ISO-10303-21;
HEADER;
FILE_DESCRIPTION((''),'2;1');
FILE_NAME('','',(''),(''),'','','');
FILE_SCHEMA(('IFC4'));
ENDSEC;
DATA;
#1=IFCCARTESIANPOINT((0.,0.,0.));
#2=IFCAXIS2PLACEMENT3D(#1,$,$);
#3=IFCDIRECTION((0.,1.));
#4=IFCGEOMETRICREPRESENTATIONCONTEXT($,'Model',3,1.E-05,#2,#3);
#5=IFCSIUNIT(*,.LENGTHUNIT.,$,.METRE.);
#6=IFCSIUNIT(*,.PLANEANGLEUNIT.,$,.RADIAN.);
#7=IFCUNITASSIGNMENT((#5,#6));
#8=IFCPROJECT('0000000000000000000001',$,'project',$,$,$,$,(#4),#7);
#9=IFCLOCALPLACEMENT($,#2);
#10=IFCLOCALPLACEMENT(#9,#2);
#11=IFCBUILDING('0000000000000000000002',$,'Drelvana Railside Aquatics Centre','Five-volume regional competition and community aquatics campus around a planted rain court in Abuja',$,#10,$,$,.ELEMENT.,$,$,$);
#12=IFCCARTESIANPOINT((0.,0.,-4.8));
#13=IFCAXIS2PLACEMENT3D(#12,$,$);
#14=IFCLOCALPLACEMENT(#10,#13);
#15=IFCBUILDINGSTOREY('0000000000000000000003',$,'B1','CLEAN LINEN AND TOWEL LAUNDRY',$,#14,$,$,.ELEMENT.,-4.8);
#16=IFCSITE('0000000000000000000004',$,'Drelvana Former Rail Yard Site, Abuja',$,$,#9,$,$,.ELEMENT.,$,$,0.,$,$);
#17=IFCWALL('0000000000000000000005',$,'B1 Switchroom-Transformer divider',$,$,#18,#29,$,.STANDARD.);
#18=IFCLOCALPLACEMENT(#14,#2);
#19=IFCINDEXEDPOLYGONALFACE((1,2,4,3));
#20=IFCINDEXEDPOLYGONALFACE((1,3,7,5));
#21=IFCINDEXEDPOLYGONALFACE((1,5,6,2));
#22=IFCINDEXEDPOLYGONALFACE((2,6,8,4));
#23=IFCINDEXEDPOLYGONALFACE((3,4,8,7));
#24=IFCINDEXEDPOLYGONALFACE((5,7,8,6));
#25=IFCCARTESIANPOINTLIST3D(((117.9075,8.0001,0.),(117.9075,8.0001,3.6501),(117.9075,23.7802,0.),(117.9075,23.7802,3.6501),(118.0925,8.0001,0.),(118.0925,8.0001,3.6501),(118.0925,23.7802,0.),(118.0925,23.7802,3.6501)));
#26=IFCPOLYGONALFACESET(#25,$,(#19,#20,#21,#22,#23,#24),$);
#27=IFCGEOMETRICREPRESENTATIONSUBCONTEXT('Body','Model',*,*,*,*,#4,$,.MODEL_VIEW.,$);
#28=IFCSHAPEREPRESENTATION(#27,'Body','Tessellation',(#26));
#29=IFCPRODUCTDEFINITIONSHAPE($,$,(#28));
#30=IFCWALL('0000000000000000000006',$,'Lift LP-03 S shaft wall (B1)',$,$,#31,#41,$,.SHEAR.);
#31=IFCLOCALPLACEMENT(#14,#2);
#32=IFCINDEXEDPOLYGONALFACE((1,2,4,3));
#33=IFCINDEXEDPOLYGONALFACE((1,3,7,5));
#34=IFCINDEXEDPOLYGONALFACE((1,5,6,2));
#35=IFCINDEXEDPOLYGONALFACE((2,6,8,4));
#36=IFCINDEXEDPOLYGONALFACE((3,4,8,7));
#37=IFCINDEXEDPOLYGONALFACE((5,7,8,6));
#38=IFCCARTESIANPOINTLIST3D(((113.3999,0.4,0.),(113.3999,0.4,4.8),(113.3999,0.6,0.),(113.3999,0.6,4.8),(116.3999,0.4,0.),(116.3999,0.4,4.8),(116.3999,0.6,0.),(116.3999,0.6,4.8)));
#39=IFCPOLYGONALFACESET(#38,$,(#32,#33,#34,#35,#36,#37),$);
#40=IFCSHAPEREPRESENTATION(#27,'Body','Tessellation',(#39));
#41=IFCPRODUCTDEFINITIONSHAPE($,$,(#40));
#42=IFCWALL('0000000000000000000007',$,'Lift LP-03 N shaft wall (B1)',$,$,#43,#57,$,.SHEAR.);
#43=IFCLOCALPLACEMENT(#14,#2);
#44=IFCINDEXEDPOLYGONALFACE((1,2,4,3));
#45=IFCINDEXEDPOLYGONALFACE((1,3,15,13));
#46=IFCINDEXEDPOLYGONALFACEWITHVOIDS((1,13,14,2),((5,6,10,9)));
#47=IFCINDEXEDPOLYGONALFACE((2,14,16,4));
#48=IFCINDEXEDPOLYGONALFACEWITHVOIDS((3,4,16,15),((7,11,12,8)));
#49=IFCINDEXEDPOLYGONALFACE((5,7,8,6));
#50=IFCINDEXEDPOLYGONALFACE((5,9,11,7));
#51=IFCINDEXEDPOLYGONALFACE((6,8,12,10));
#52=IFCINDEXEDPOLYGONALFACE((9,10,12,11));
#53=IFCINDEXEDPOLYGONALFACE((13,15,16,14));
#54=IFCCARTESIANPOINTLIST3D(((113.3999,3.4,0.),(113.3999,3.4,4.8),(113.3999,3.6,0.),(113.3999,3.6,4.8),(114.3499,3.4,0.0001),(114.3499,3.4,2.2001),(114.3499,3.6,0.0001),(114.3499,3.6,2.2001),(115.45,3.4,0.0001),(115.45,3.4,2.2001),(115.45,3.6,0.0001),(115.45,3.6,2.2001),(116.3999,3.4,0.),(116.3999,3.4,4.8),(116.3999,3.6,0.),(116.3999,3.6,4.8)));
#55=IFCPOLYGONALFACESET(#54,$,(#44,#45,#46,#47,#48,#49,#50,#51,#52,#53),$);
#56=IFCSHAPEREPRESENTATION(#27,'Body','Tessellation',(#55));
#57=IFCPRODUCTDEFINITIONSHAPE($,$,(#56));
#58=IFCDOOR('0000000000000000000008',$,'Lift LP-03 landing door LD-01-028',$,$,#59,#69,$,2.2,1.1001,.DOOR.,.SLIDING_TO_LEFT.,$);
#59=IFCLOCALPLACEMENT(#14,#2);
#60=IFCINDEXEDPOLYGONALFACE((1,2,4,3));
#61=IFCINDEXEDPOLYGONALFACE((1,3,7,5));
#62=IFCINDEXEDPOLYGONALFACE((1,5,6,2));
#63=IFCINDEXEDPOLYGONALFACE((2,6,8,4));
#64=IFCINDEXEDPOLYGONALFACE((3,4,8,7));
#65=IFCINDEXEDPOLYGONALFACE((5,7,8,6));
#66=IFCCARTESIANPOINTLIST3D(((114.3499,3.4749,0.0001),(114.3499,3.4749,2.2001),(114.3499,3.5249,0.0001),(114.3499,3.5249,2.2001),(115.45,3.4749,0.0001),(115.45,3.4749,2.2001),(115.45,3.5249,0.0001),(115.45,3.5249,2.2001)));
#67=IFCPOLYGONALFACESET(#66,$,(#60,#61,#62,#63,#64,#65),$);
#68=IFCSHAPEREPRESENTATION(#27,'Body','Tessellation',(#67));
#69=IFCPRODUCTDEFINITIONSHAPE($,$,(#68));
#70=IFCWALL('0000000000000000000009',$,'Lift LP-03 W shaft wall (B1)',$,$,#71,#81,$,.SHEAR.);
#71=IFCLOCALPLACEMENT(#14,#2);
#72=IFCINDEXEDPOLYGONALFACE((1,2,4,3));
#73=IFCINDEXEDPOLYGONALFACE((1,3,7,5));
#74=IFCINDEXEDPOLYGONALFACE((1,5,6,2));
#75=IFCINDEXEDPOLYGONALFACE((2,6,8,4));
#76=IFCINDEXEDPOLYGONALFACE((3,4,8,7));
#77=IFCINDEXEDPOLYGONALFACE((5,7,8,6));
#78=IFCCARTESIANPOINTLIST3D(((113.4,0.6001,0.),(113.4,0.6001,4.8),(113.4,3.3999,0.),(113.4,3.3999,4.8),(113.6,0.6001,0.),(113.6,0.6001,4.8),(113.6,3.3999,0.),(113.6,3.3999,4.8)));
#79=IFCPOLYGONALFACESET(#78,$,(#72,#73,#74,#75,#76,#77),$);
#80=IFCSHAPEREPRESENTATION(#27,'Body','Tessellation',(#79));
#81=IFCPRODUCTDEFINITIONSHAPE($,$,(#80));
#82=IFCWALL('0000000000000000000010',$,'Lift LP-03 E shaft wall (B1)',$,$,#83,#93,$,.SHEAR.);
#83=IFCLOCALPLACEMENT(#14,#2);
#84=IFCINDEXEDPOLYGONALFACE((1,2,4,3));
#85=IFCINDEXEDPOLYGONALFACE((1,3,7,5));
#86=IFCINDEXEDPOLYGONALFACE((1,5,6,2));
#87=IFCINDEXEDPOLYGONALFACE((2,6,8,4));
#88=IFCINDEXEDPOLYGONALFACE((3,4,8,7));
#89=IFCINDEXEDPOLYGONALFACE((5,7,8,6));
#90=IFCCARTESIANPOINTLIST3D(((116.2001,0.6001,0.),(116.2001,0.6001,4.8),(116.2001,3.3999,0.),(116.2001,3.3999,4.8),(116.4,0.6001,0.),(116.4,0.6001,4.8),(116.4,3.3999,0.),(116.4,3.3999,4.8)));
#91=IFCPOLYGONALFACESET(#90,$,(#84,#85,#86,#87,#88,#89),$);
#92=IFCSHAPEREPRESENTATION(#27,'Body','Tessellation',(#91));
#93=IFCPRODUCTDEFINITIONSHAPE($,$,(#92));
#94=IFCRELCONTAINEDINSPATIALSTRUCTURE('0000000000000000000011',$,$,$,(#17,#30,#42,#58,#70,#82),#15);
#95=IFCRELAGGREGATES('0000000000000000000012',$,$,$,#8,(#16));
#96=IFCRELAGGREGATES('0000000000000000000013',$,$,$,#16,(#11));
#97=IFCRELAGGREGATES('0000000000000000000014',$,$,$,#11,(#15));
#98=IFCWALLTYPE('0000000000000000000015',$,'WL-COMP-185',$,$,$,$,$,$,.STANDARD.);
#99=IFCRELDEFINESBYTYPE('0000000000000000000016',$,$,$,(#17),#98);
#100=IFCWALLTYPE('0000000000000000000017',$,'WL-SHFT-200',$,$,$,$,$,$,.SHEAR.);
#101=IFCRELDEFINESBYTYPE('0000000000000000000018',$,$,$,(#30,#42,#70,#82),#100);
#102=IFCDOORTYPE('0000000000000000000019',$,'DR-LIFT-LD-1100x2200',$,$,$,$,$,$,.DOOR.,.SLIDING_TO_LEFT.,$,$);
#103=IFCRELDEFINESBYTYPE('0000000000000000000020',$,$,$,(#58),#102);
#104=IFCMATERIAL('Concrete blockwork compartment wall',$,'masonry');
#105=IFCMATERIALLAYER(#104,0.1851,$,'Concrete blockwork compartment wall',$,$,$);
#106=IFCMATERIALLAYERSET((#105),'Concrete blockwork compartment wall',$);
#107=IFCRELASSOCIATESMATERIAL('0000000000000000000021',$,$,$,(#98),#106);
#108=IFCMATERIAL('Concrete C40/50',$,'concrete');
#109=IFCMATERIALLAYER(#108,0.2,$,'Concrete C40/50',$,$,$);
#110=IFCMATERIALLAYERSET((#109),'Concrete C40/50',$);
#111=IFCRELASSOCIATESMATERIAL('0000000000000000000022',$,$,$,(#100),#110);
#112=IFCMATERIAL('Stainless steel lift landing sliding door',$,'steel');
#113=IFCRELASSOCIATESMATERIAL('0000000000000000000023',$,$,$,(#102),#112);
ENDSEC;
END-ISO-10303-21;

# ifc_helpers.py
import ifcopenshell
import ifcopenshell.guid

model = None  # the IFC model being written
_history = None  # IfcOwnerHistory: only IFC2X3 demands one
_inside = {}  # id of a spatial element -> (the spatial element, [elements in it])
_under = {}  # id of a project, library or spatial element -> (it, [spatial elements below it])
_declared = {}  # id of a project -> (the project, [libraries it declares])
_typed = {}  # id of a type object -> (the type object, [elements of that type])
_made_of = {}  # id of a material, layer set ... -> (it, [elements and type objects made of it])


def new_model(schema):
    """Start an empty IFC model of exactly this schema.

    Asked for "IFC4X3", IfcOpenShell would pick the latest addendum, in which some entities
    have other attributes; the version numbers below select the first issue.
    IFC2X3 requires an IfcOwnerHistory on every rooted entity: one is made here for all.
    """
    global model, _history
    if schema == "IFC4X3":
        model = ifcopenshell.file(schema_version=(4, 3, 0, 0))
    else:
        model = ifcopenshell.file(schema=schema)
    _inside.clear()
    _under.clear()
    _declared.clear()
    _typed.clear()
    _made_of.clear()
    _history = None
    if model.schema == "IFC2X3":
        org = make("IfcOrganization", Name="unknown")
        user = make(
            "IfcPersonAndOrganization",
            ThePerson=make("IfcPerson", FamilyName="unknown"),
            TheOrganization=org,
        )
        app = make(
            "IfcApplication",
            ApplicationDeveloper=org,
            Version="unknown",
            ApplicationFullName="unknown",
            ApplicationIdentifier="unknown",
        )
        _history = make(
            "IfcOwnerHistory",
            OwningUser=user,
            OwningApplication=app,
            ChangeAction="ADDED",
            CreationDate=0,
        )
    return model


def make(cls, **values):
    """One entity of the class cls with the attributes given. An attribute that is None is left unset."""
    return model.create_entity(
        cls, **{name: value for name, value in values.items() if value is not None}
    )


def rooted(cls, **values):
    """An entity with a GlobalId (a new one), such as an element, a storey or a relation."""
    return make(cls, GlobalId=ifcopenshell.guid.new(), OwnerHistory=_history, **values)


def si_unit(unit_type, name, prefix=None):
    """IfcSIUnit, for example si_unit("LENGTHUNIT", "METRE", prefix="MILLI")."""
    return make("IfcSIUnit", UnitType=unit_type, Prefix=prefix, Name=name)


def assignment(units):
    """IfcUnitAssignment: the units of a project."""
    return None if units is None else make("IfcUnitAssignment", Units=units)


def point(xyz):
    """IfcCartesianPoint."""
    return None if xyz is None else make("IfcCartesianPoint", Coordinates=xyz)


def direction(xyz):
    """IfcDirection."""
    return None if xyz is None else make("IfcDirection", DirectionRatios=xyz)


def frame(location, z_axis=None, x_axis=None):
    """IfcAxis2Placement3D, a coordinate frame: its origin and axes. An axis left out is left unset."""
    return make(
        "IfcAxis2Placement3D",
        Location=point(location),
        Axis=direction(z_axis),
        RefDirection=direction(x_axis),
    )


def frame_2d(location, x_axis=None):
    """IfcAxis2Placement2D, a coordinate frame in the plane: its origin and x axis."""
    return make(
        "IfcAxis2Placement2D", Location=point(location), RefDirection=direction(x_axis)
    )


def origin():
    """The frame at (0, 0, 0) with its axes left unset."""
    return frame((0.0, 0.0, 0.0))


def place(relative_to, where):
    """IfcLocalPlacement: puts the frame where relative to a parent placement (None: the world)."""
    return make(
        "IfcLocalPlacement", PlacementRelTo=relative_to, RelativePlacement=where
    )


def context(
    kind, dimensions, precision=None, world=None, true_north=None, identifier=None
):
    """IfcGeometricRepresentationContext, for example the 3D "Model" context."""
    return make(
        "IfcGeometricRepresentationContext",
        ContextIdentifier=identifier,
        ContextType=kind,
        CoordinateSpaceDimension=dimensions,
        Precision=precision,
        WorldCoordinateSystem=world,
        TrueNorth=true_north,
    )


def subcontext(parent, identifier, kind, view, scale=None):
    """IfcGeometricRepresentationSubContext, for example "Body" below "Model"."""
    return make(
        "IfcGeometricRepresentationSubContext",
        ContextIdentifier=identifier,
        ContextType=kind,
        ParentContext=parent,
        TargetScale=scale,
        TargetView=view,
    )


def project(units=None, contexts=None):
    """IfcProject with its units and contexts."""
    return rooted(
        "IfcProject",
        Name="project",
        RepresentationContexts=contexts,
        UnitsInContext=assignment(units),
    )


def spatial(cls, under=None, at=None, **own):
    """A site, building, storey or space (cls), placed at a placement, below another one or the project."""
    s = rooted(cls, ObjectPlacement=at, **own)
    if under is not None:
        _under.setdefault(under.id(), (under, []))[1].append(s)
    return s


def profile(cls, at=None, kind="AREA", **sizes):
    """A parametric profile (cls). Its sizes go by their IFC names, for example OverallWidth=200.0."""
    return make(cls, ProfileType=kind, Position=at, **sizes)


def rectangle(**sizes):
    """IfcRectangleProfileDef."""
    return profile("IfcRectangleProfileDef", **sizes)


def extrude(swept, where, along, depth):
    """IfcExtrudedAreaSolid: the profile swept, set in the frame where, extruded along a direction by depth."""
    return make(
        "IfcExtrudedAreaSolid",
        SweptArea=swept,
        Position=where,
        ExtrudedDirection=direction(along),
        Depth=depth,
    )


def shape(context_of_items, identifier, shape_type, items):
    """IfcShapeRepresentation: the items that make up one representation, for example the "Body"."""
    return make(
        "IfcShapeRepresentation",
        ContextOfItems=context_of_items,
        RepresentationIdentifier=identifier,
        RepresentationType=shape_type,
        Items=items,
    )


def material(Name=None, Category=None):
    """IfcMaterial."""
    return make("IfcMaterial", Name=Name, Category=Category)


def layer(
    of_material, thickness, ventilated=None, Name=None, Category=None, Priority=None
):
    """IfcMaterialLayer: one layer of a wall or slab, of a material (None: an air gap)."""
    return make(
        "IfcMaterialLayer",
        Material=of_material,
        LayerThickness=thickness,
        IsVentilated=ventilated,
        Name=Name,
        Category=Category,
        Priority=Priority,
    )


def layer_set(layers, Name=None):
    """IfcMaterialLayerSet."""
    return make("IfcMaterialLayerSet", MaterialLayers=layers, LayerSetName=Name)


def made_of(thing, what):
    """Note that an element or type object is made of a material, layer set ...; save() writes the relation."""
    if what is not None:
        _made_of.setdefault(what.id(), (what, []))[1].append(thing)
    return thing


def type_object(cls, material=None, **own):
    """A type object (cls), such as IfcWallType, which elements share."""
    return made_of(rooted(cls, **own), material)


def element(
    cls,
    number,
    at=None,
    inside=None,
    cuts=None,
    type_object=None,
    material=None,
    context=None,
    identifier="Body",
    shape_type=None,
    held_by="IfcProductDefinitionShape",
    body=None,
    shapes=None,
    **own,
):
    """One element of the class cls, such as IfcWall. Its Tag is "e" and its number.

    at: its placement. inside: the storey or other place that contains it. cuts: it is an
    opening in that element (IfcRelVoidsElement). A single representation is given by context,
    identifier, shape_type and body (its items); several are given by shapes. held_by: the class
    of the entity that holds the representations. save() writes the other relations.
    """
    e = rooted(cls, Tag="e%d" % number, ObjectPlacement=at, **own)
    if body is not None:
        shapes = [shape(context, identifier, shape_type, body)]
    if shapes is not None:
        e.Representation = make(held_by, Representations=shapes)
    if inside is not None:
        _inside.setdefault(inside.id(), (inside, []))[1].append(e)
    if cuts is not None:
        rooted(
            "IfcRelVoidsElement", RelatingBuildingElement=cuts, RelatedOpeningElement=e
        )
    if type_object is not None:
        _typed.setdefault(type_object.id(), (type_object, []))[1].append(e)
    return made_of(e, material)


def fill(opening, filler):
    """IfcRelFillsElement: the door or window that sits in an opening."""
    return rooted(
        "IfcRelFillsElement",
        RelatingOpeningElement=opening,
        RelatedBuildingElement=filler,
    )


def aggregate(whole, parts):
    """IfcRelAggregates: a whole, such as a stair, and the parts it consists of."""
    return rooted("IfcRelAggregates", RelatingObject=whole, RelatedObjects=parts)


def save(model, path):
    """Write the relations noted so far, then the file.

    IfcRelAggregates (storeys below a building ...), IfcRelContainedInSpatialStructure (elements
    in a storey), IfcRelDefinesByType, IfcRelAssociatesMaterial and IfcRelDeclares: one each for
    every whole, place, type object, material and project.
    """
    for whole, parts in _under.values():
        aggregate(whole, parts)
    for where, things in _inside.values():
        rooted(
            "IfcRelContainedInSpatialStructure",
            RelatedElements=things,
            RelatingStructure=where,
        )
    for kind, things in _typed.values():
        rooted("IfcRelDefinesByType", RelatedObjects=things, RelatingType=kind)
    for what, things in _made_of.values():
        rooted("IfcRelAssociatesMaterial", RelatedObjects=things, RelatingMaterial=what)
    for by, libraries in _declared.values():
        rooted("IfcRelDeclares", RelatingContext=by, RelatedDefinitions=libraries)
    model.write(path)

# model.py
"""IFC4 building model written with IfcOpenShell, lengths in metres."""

from ifc_helpers import new_model, si_unit, direction, frame, frame_2d, origin, place, context, subcontext, project, spatial, rectangle, extrude, material, layer, layer_set, type_object, element, fill, save


model = new_model("IFC4")

# Units and contexts
model_context = context("Model", 3, precision=1e-05, world=origin(), true_north=direction((0.0, 1.0)))
body_context = subcontext(model_context, "Body", "Model", "MODEL_VIEW")
ifc_project = project(units=[si_unit("LENGTHUNIT", "METRE"), si_unit("PLANEANGLEUNIT", "RADIAN")], contexts=[model_context])

# Site, building, storey
site_placement = place(None, origin())
site = spatial("IfcSite", under=ifc_project, at=site_placement, Name="Drelvana Former Rail Yard Site, Abuja", CompositionType="ELEMENT", RefElevation=0.0)
building_placement = place(site_placement, origin())
building = spatial("IfcBuilding", under=site, at=building_placement, Name="Drelvana Railside Aquatics Centre", Description="Five-volume regional competition and community aquatics campus around a planted rain court in Abuja", CompositionType="ELEMENT")
storey_placement = place(building_placement, frame((0.0, 0.0, -4.8)))
storey = spatial("IfcBuildingStorey", under=building, at=storey_placement, Name="B1", Description="CLEAN LINEN AND TOWEL LAUNDRY", CompositionType="ELEMENT", Elevation=-4.8)

# Shared definitions
ifc_material_1 = material(Name="Concrete C40/50", Category="concrete")

# Walls
ifc_material_2 = material(Name="Concrete blockwork compartment wall", Category="masonry")
ifc_layer_1 = layer(ifc_material_2, 0.1851, Name="Concrete blockwork compartment wall")
ifc_layer_set_1 = layer_set([ifc_layer_1], Name="Concrete blockwork compartment wall")
wall_type_1 = type_object("IfcWallType", Name="WL-COMP-185", PredefinedType="STANDARD", material=ifc_layer_set_1)
wall_1_placement = place(storey_placement, frame((118.0, 8.0, 0.0), z_axis=(0.0, 0.0, 1.0), x_axis=(0.0, 1.0, 0.0)))
element("IfcWall", 1, at=wall_1_placement, inside=storey, type_object=wall_type_1, Name="B1 Switchroom-Transformer divider", PredefinedType="STANDARD", context=body_context, shape_type="SweptSolid", body=[
    extrude(rectangle(XDim=15.78, YDim=0.1851, at=frame_2d((7.8901, 0.0))), origin(), (0.0, 0.0, 1.0), 3.6501),
])
ifc_layer_2 = layer(ifc_material_1, 0.2, Name="Concrete C40/50")
ifc_layer_set_2 = layer_set([ifc_layer_2], Name="Concrete C40/50")
wall_type_2 = type_object("IfcWallType", Name="WL-SHFT-200", PredefinedType="SHEAR", material=ifc_layer_set_2)
wall_2_placement = place(storey_placement, frame((113.3999, 0.5, 0.0), z_axis=(0.0, 0.0, 1.0), x_axis=(1.0, 0.0, 0.0)))
element("IfcWall", 2, at=wall_2_placement, inside=storey, type_object=wall_type_2, Name="Lift LP-03 S shaft wall (B1)", PredefinedType="SHEAR", context=body_context, shape_type="SweptSolid", body=[
    extrude(rectangle(XDim=3.0, YDim=0.2, at=frame_2d((1.5, 0.0))), origin(), (0.0, 0.0, 1.0), 4.8),
])

# Wall, opening, door
wall_3_placement = place(storey_placement, frame((113.3999, 3.5, 0.0), z_axis=(0.0, 0.0, 1.0), x_axis=(1.0, 0.0, 0.0)))
wall_3 = element("IfcWall", 3, at=wall_3_placement, inside=storey, type_object=wall_type_2, Name="Lift LP-03 N shaft wall (B1)", PredefinedType="SHEAR", context=body_context, shape_type="SweptSolid", body=[
    extrude(rectangle(XDim=3.0, YDim=0.2, at=frame_2d((1.5, 0.0))), origin(), (0.0, 0.0, 1.0), 4.8),
])
opening_placement = place(wall_3_placement, frame((0.95, 0.0, 0.0)))
opening = element("IfcOpeningElement", 4, at=opening_placement, cuts=wall_3, PredefinedType="OPENING", context=body_context, shape_type="SweptSolid", body=[
    extrude(rectangle(XDim=1.1001, YDim=2.2, at=frame_2d((0.55, 1.1001))), frame((0.0, 0.1099, 0.0), z_axis=(0.0, -1.0, 0.0), x_axis=(1.0, 0.0, 0.0)), (0.0, 0.0, 1.0), 0.22),
])
ifc_material_3 = material(Name="Stainless steel lift landing sliding door", Category="steel")
door_type = type_object("IfcDoorType", Name="DR-LIFT-LD-1100x2200", OperationType="SLIDING_TO_LEFT", PredefinedType="DOOR", material=ifc_material_3)
door_placement = place(opening_placement, origin())
door = element("IfcDoor", 5, at=door_placement, inside=storey, type_object=door_type, Name="Lift LP-03 landing door LD-01-028", OperationType="SLIDING_TO_LEFT", OverallHeight=2.2, OverallWidth=1.1001, PredefinedType="DOOR", context=body_context, shape_type="SweptSolid", body=[
    extrude(rectangle(XDim=1.1001, YDim=2.2, at=frame_2d((0.55, 1.1001))), frame((0.0, 0.0249, 0.0), z_axis=(0.0, -1.0, 0.0), x_axis=(1.0, 0.0, 0.0)), (0.0, 0.0, 1.0), 0.05),
])
fill(opening, door)

# Walls
for number, where, z_axis, x_axis, name in (
    (6, (113.5, 0.6001, 0.0), (0.0, 0.0, 1.0), (0.0, 1.0, 0.0), "Lift LP-03 W shaft wall (B1)"),
    (7, (116.3, 0.6001, 0.0), (0.0, 0.0, 1.0), (0.0, 1.0, 0.0), "Lift LP-03 E shaft wall (B1)"),
):
    element("IfcWall", number, at=place(storey_placement, frame(where, z_axis=z_axis, x_axis=x_axis)), inside=storey, type_object=wall_type_2, Name=name, PredefinedType="SHEAR", context=body_context, shape_type="SweptSolid", body=[
        extrude(rectangle(XDim=2.7998, YDim=0.2, at=frame_2d((1.3999, 0.0))), origin(), (0.0, 0.0, 1.0), 4.8),
    ])

save(model, "model.ifc")
